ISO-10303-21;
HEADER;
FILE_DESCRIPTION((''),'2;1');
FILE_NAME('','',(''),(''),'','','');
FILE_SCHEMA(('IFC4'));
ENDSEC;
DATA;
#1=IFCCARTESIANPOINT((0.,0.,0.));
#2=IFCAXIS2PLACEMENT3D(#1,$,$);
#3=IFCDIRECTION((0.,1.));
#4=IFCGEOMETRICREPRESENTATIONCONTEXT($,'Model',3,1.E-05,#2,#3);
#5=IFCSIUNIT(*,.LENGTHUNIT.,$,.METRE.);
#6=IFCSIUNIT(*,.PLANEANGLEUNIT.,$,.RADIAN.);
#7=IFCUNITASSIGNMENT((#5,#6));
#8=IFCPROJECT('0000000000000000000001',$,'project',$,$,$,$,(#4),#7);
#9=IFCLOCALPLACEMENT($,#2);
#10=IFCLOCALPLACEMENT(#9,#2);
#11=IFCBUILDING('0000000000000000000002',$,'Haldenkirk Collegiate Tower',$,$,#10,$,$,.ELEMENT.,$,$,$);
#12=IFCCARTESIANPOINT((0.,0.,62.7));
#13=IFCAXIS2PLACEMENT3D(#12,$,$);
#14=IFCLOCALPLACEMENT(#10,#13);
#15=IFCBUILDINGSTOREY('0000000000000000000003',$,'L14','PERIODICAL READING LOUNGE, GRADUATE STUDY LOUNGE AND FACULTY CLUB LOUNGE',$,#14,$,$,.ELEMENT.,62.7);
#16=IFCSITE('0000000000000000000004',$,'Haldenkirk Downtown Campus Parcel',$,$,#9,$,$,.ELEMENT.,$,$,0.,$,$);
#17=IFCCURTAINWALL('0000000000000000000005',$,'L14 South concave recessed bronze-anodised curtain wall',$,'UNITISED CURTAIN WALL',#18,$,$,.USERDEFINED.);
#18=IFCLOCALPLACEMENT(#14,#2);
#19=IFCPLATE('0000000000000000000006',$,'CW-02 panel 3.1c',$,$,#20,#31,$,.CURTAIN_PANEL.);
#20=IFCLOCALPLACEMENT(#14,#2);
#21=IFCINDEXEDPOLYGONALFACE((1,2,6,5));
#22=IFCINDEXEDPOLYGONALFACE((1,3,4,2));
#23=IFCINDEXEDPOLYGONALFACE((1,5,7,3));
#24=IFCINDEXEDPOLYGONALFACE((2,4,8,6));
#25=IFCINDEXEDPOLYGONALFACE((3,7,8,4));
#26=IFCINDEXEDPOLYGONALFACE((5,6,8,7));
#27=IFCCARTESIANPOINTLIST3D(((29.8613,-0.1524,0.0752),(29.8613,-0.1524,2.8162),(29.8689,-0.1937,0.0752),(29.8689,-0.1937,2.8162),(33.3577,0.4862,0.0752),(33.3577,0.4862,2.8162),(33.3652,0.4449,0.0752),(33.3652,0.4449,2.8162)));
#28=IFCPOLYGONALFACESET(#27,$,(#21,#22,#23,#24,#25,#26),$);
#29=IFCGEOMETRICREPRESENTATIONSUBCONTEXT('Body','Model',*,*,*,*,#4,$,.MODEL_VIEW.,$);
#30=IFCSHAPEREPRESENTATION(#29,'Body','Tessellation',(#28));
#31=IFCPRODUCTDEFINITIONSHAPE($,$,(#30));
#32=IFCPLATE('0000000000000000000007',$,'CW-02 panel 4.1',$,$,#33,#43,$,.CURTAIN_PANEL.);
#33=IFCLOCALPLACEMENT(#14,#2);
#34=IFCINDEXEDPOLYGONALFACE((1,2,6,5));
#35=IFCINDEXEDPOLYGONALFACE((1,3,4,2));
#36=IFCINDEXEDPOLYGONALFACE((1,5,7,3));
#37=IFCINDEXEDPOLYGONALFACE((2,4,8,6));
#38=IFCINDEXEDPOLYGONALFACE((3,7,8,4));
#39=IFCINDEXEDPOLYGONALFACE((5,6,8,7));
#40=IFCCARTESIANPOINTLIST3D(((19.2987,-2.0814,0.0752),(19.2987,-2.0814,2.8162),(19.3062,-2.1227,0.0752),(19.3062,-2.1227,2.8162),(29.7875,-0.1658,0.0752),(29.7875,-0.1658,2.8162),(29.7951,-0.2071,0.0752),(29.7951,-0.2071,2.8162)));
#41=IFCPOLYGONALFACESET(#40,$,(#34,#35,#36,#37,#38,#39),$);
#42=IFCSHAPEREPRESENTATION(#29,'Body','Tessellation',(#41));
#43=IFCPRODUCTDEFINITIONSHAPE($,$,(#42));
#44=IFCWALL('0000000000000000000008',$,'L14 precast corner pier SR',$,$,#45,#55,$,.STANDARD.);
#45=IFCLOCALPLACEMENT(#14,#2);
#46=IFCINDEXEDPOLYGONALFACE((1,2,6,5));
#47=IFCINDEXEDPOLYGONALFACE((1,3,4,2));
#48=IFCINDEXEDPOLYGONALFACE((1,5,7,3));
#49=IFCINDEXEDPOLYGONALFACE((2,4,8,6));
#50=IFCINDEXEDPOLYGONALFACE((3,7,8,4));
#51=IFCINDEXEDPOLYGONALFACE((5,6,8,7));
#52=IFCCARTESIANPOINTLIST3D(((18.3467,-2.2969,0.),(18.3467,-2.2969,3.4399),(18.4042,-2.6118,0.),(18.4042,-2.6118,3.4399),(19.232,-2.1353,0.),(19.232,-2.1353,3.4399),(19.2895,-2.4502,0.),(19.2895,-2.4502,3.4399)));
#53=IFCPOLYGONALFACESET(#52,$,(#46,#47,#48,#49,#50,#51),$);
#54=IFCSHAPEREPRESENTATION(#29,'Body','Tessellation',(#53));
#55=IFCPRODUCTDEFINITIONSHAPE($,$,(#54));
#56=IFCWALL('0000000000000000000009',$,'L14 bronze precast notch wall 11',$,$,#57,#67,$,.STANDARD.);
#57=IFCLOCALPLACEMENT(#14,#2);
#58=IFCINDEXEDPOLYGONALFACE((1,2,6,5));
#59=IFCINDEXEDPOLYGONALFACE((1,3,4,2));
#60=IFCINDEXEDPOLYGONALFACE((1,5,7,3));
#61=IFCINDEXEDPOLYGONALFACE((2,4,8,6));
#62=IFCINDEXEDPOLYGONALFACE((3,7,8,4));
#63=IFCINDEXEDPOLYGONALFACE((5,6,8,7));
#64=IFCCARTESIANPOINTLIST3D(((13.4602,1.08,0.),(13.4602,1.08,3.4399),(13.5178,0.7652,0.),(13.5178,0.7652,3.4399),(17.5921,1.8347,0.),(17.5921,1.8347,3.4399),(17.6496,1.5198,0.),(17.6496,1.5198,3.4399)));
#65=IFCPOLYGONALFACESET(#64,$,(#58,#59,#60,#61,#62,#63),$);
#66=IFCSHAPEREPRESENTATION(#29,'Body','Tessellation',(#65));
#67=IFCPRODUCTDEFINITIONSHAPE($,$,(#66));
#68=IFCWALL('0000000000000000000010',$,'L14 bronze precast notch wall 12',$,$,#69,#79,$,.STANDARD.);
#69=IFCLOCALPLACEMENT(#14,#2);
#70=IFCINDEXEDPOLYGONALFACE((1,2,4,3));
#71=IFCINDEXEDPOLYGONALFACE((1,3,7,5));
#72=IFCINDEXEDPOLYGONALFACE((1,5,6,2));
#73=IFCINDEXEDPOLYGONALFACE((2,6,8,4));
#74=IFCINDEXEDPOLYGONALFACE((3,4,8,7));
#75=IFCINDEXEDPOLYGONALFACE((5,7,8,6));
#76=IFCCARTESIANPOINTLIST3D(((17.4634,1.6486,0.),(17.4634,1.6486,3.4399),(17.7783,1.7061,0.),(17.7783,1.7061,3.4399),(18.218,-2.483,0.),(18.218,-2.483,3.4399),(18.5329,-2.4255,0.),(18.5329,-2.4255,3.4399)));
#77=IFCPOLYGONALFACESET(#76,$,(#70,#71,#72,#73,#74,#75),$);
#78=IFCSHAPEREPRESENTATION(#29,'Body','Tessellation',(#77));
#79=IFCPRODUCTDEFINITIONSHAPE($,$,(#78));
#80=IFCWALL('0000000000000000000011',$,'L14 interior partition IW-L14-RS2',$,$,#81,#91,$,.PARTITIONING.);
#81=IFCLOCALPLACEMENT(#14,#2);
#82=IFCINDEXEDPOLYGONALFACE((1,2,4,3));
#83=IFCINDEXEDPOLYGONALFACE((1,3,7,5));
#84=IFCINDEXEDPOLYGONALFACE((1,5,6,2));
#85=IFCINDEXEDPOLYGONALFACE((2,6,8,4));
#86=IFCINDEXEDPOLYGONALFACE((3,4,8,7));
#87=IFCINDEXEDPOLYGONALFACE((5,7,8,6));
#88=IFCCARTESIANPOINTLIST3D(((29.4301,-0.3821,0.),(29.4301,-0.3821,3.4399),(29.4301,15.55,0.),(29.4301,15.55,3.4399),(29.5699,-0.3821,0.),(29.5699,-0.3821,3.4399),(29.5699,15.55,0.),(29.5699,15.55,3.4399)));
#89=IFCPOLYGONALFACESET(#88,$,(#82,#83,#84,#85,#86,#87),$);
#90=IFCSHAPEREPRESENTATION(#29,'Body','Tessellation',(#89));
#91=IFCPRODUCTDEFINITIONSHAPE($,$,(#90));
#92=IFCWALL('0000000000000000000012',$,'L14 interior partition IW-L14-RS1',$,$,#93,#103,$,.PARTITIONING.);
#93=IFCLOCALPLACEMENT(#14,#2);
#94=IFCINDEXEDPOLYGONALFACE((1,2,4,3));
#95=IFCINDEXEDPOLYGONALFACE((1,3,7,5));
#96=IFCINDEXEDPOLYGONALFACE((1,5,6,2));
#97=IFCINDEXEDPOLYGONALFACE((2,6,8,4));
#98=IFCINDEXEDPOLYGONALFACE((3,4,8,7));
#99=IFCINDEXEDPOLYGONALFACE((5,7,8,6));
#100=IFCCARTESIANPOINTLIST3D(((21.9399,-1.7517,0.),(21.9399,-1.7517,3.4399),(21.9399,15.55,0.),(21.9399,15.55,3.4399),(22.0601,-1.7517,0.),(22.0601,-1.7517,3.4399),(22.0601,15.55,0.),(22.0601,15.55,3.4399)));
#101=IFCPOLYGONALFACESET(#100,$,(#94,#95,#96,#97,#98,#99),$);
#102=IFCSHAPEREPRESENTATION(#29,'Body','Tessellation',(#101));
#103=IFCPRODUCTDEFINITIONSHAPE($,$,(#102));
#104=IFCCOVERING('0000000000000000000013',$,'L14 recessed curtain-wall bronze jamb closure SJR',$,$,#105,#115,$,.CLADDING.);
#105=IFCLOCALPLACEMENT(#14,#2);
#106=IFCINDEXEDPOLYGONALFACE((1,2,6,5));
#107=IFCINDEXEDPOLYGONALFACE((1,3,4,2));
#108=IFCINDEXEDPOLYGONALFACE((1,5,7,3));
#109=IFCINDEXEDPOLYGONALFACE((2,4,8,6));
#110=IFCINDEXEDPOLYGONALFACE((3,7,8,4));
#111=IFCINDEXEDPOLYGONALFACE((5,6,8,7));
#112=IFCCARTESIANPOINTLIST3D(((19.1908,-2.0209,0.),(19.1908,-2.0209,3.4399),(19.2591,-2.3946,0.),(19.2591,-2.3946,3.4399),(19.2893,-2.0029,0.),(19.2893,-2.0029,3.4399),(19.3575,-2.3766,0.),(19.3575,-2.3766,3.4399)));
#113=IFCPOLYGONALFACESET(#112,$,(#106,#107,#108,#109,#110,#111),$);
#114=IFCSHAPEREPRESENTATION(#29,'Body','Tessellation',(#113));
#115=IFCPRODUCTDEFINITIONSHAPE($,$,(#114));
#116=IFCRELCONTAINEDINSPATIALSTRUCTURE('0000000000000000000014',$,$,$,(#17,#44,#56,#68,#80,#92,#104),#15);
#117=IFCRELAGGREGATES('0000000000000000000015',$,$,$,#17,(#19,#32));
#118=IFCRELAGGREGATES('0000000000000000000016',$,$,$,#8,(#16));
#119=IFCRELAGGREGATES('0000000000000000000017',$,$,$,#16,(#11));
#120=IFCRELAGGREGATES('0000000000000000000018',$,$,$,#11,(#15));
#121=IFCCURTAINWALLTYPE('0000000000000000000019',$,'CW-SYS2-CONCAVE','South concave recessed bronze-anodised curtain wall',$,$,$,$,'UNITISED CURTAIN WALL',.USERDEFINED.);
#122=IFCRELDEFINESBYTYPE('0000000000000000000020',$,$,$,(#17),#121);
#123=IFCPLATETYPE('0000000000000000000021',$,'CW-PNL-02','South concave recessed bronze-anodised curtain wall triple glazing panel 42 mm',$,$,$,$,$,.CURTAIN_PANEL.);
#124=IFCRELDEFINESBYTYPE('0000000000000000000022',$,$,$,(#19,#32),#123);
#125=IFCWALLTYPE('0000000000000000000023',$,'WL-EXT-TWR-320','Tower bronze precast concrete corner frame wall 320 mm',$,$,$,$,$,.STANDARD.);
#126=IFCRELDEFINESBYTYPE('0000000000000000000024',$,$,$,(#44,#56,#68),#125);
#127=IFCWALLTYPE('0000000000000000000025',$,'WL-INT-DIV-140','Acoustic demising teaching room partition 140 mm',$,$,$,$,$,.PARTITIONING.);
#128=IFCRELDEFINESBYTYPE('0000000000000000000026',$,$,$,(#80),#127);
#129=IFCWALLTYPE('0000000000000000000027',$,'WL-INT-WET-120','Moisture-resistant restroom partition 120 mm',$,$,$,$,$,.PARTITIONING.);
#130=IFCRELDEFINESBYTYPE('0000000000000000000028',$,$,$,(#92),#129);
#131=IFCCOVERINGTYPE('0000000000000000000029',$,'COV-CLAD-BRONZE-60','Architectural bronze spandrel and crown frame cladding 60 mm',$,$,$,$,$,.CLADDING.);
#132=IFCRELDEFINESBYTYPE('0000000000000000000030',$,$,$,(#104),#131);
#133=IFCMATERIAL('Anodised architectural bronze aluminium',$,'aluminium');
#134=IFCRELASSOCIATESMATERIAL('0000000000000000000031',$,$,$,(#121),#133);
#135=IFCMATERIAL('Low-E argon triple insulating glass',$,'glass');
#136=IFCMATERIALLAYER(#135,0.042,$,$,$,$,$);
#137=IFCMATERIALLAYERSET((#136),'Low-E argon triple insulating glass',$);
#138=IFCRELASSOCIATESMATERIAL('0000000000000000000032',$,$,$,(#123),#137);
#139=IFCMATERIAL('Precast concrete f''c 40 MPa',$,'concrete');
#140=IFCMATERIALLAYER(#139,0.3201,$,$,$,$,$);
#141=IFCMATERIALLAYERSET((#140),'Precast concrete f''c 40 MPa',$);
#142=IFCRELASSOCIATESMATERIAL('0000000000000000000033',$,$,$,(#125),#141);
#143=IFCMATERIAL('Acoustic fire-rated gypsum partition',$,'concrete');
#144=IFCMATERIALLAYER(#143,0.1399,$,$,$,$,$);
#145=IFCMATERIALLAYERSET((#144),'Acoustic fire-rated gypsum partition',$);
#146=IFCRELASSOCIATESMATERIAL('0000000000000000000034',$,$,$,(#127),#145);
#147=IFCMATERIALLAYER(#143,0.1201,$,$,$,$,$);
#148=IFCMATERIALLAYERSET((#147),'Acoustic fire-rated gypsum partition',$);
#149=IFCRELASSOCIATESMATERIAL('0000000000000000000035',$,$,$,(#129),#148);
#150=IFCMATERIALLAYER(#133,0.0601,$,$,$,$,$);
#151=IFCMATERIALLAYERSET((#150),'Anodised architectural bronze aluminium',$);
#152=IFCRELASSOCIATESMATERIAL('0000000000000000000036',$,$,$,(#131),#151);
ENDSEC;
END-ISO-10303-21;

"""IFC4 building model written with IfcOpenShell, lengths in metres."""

from ifc_helpers import new_model, si_unit, direction, frame, frame_2d, origin, origin_2d, place, context, subcontext, project, spatial, rectangle, extrude, source, transform, mapped, material, layer, layer_set, type_object, element, aggregate, save


model = new_model("IFC4")

# Units and contexts
model_context = context("Model", 3, precision=1e-05, world=origin(), true_north=direction((0.0, 1.0)))
body_context = subcontext(model_context, "Body", "Model", "MODEL_VIEW")
ifc_project = project(units=[si_unit("LENGTHUNIT", "METRE"), si_unit("PLANEANGLEUNIT", "RADIAN")], contexts=[model_context])

# Site, building, storey
site_placement = place(None, origin())
site = spatial("IfcSite", under=ifc_project, at=site_placement, Name="Haldenkirk Downtown Campus Parcel", CompositionType="ELEMENT", RefElevation=0.0)
building_placement = place(site_placement, origin())
building = spatial("IfcBuilding", under=site, at=building_placement, Name="Haldenkirk Collegiate Tower", CompositionType="ELEMENT")
storey_placement = place(building_placement, frame((0.0, 0.0, 62.7)))
storey = spatial("IfcBuildingStorey", under=building, at=storey_placement, Name="L14", Description="PERIODICAL READING LOUNGE, GRADUATE STUDY LOUNGE AND FACULTY CLUB LOUNGE", CompositionType="ELEMENT", Elevation=62.7)

# Curtain wall
ifc_material_1 = material(Name="Anodised architectural bronze aluminium", Category="aluminium")
curtain_wall_type_1 = type_object("IfcCurtainWallType", Name="CW-SYS2-CONCAVE", Description="South concave recessed bronze-anodised curtain wall", ElementType="UNITISED CURTAIN WALL", PredefinedType="USERDEFINED", material=ifc_material_1)
curtain_wall_1_placement = place(storey_placement, origin())
curtain_wall_1 = element("IfcCurtainWall", 1, at=curtain_wall_1_placement, inside=storey, type_object=curtain_wall_type_1, Name="L14 South concave recessed bronze-anodised curtain wall", ObjectType="UNITISED CURTAIN WALL", PredefinedType="USERDEFINED")

# Plates
ifc_material_2 = material(Name="Low-E argon triple insulating glass", Category="glass")
ifc_layer_1 = layer(ifc_material_2, 0.042)
ifc_layer_set_1 = layer_set([ifc_layer_1], Name="Low-E argon triple insulating glass")
plate_type = type_object("IfcPlateType", Name="CW-PNL-02", Description="South concave recessed bronze-anodised curtain wall triple glazing panel 42 mm", PredefinedType="CURTAIN_PANEL", material=ifc_layer_set_1)
shared_shape_1 = source(origin(), body_context, "Body", "SweptSolid", [
    extrude(rectangle(XDim=3.5542, YDim=0.042, at=origin_2d()), origin(), (0.0, 0.0, 1.0), 2.741),
])
plate_1_placement = place(storey_placement, frame((31.6133, 0.1462, 0.0752), z_axis=(0.0, 0.0, 1.0), x_axis=(-0.983729, -0.179659, 0.0)))
plate_1 = element("IfcPlate", 2, at=plate_1_placement, type_object=plate_type, Name="CW-02 panel 3.1c", PredefinedType="CURTAIN_PANEL", context=body_context, shape_type="MappedRepresentation", body=[
    mapped(shared_shape_1, transform((0.0, 0.0, 0.0), x_axis=(1.0, 0.0, 0.0), y_axis=(0.0, 1.0, 0.0), z_axis=(0.0, 0.0, 1.0), scale=1.0)),
])
shared_shape_2 = source(origin(), body_context, "Body", "SweptSolid", [
    extrude(rectangle(XDim=10.6624, YDim=0.042, at=origin_2d()), origin(), (0.0, 0.0, 1.0), 2.741),
])
plate_2_placement = place(storey_placement, frame((24.5469, -1.1443, 0.0752), z_axis=(0.0, 0.0, 1.0), x_axis=(-0.983729, -0.179659, 0.0)))
plate_2 = element("IfcPlate", 3, at=plate_2_placement, type_object=plate_type, Name="CW-02 panel 4.1", PredefinedType="CURTAIN_PANEL", context=body_context, shape_type="MappedRepresentation", body=[
    mapped(shared_shape_2, transform((0.0, 0.0, 0.0), x_axis=(1.0, 0.0, 0.0), y_axis=(0.0, 1.0, 0.0), z_axis=(0.0, 0.0, 1.0), scale=1.0)),
])
aggregate(curtain_wall_1, [plate_1, plate_2])

# Walls
ifc_material_3 = material(Name="Precast concrete f'c 40 MPa", Category="concrete")
ifc_layer_2 = layer(ifc_material_3, 0.3201)
ifc_layer_set_2 = layer_set([ifc_layer_2], Name="Precast concrete f'c 40 MPa")
wall_type_1 = type_object("IfcWallType", Name="WL-EXT-TWR-320", Description="Tower bronze precast concrete corner frame wall 320 mm", PredefinedType="STANDARD", material=ifc_layer_set_2)
wall_1_placement = place(storey_placement, frame((19.2607, -2.2927, 0.0), z_axis=(0.0, 0.0, 1.0), x_axis=(-0.983739, -0.179602, 0.0)))
element("IfcWall", 4, at=wall_1_placement, inside=storey, type_object=wall_type_1, Name="L14 precast corner pier SR", PredefinedType="STANDARD", context=body_context, shape_type="SweptSolid", body=[
    extrude(rectangle(XDim=0.8999, YDim=0.3201, at=frame_2d((0.45, 0.0))), origin(), (0.0, 0.0, 1.0), 3.4399),
])
wall_2_placement = place(storey_placement, frame((17.6208, 1.6772, 0.0), z_axis=(0.0, 0.0, 1.0), x_axis=(-0.983727, -0.179668, 0.0)))
element("IfcWall", 5, at=wall_2_placement, inside=storey, type_object=wall_type_1, Name="L14 bronze precast notch wall 11", PredefinedType="STANDARD", context=body_context, shape_type="SweptSolid", body=[
    extrude(rectangle(XDim=4.2002, YDim=0.3201, at=frame_2d((2.1001, 0.0))), origin(), (0.0, 0.0, 1.0), 3.4399),
])
wall_3_placement = place(storey_placement, frame((18.3755, -2.4543, 0.0), z_axis=(0.0, 0.0, 1.0), x_axis=(-0.179678, 0.983725, 0.0)))
element("IfcWall", 6, at=wall_3_placement, inside=storey, type_object=wall_type_1, Name="L14 bronze precast notch wall 12", PredefinedType="STANDARD", context=body_context, shape_type="SweptSolid", body=[
    extrude(rectangle(XDim=4.2, YDim=0.3201, at=frame_2d((2.1001, 0.0))), origin(), (0.0, 0.0, 1.0), 3.4399),
])
ifc_material_4 = material(Name="Acoustic fire-rated gypsum partition", Category="concrete")
ifc_layer_3 = layer(ifc_material_4, 0.1399)
ifc_layer_set_3 = layer_set([ifc_layer_3], Name="Acoustic fire-rated gypsum partition")
wall_type_2 = type_object("IfcWallType", Name="WL-INT-DIV-140", Description="Acoustic demising teaching room partition 140 mm", PredefinedType="PARTITIONING", material=ifc_layer_set_3)
wall_4_placement = place(storey_placement, frame((29.5, -0.3821, 0.0), z_axis=(0.0, 0.0, 1.0), x_axis=(0.0, 1.0, 0.0)))
element("IfcWall", 7, at=wall_4_placement, inside=storey, type_object=wall_type_2, Name="L14 interior partition IW-L14-RS2", PredefinedType="PARTITIONING", context=body_context, shape_type="SweptSolid", body=[
    extrude(rectangle(XDim=15.9321, YDim=0.1399, at=frame_2d((7.9661, 0.0))), origin(), (0.0, 0.0, 1.0), 3.4399),
])
ifc_layer_4 = layer(ifc_material_4, 0.1201)
ifc_layer_set_4 = layer_set([ifc_layer_4], Name="Acoustic fire-rated gypsum partition")
wall_type_3 = type_object("IfcWallType", Name="WL-INT-WET-120", Description="Moisture-resistant restroom partition 120 mm", PredefinedType="PARTITIONING", material=ifc_layer_set_4)
wall_5_placement = place(storey_placement, frame((22.0, -1.7517, 0.0), z_axis=(0.0, 0.0, 1.0), x_axis=(0.0, 1.0, 0.0)))
element("IfcWall", 8, at=wall_5_placement, inside=storey, type_object=wall_type_3, Name="L14 interior partition IW-L14-RS1", PredefinedType="PARTITIONING", context=body_context, shape_type="SweptSolid", body=[
    extrude(rectangle(XDim=17.3018, YDim=0.1201, at=frame_2d((8.6509, 0.0))), origin(), (0.0, 0.0, 1.0), 3.4399),
])

# Covering
ifc_layer_5 = layer(ifc_material_1, 0.0601)
ifc_layer_set_5 = layer_set([ifc_layer_5], Name="Anodised architectural bronze aluminium")
covering_type = type_object("IfcCoveringType", Name="COV-CLAD-BRONZE-60", Description="Architectural bronze spandrel and crown frame cladding 60 mm", PredefinedType="CLADDING", material=ifc_layer_set_5)
shared_shape_3 = source(origin(), body_context, "Body", "SweptSolid", [
    extrude(rectangle(XDim=0.1001, YDim=0.3799, at=origin_2d()), origin(), (0.0, 0.0, 1.0), 3.4399),
])
covering_placement = place(storey_placement, frame((19.2742, -2.1987, 0.0), z_axis=(0.0, 0.0, 1.0), x_axis=(-0.983729, -0.179661, 0.0)))
element("IfcCovering", 9, at=covering_placement, inside=storey, type_object=covering_type, Name="L14 recessed curtain-wall bronze jamb closure SJR", PredefinedType="CLADDING", context=body_context, shape_type="MappedRepresentation", body=[
    mapped(shared_shape_3, transform((0.0, 0.0, 0.0), x_axis=(1.0, 0.0, 0.0), y_axis=(0.0, 1.0, 0.0), z_axis=(0.0, 0.0, 1.0), scale=1.0)),
])

save(model, "model.ifc")
